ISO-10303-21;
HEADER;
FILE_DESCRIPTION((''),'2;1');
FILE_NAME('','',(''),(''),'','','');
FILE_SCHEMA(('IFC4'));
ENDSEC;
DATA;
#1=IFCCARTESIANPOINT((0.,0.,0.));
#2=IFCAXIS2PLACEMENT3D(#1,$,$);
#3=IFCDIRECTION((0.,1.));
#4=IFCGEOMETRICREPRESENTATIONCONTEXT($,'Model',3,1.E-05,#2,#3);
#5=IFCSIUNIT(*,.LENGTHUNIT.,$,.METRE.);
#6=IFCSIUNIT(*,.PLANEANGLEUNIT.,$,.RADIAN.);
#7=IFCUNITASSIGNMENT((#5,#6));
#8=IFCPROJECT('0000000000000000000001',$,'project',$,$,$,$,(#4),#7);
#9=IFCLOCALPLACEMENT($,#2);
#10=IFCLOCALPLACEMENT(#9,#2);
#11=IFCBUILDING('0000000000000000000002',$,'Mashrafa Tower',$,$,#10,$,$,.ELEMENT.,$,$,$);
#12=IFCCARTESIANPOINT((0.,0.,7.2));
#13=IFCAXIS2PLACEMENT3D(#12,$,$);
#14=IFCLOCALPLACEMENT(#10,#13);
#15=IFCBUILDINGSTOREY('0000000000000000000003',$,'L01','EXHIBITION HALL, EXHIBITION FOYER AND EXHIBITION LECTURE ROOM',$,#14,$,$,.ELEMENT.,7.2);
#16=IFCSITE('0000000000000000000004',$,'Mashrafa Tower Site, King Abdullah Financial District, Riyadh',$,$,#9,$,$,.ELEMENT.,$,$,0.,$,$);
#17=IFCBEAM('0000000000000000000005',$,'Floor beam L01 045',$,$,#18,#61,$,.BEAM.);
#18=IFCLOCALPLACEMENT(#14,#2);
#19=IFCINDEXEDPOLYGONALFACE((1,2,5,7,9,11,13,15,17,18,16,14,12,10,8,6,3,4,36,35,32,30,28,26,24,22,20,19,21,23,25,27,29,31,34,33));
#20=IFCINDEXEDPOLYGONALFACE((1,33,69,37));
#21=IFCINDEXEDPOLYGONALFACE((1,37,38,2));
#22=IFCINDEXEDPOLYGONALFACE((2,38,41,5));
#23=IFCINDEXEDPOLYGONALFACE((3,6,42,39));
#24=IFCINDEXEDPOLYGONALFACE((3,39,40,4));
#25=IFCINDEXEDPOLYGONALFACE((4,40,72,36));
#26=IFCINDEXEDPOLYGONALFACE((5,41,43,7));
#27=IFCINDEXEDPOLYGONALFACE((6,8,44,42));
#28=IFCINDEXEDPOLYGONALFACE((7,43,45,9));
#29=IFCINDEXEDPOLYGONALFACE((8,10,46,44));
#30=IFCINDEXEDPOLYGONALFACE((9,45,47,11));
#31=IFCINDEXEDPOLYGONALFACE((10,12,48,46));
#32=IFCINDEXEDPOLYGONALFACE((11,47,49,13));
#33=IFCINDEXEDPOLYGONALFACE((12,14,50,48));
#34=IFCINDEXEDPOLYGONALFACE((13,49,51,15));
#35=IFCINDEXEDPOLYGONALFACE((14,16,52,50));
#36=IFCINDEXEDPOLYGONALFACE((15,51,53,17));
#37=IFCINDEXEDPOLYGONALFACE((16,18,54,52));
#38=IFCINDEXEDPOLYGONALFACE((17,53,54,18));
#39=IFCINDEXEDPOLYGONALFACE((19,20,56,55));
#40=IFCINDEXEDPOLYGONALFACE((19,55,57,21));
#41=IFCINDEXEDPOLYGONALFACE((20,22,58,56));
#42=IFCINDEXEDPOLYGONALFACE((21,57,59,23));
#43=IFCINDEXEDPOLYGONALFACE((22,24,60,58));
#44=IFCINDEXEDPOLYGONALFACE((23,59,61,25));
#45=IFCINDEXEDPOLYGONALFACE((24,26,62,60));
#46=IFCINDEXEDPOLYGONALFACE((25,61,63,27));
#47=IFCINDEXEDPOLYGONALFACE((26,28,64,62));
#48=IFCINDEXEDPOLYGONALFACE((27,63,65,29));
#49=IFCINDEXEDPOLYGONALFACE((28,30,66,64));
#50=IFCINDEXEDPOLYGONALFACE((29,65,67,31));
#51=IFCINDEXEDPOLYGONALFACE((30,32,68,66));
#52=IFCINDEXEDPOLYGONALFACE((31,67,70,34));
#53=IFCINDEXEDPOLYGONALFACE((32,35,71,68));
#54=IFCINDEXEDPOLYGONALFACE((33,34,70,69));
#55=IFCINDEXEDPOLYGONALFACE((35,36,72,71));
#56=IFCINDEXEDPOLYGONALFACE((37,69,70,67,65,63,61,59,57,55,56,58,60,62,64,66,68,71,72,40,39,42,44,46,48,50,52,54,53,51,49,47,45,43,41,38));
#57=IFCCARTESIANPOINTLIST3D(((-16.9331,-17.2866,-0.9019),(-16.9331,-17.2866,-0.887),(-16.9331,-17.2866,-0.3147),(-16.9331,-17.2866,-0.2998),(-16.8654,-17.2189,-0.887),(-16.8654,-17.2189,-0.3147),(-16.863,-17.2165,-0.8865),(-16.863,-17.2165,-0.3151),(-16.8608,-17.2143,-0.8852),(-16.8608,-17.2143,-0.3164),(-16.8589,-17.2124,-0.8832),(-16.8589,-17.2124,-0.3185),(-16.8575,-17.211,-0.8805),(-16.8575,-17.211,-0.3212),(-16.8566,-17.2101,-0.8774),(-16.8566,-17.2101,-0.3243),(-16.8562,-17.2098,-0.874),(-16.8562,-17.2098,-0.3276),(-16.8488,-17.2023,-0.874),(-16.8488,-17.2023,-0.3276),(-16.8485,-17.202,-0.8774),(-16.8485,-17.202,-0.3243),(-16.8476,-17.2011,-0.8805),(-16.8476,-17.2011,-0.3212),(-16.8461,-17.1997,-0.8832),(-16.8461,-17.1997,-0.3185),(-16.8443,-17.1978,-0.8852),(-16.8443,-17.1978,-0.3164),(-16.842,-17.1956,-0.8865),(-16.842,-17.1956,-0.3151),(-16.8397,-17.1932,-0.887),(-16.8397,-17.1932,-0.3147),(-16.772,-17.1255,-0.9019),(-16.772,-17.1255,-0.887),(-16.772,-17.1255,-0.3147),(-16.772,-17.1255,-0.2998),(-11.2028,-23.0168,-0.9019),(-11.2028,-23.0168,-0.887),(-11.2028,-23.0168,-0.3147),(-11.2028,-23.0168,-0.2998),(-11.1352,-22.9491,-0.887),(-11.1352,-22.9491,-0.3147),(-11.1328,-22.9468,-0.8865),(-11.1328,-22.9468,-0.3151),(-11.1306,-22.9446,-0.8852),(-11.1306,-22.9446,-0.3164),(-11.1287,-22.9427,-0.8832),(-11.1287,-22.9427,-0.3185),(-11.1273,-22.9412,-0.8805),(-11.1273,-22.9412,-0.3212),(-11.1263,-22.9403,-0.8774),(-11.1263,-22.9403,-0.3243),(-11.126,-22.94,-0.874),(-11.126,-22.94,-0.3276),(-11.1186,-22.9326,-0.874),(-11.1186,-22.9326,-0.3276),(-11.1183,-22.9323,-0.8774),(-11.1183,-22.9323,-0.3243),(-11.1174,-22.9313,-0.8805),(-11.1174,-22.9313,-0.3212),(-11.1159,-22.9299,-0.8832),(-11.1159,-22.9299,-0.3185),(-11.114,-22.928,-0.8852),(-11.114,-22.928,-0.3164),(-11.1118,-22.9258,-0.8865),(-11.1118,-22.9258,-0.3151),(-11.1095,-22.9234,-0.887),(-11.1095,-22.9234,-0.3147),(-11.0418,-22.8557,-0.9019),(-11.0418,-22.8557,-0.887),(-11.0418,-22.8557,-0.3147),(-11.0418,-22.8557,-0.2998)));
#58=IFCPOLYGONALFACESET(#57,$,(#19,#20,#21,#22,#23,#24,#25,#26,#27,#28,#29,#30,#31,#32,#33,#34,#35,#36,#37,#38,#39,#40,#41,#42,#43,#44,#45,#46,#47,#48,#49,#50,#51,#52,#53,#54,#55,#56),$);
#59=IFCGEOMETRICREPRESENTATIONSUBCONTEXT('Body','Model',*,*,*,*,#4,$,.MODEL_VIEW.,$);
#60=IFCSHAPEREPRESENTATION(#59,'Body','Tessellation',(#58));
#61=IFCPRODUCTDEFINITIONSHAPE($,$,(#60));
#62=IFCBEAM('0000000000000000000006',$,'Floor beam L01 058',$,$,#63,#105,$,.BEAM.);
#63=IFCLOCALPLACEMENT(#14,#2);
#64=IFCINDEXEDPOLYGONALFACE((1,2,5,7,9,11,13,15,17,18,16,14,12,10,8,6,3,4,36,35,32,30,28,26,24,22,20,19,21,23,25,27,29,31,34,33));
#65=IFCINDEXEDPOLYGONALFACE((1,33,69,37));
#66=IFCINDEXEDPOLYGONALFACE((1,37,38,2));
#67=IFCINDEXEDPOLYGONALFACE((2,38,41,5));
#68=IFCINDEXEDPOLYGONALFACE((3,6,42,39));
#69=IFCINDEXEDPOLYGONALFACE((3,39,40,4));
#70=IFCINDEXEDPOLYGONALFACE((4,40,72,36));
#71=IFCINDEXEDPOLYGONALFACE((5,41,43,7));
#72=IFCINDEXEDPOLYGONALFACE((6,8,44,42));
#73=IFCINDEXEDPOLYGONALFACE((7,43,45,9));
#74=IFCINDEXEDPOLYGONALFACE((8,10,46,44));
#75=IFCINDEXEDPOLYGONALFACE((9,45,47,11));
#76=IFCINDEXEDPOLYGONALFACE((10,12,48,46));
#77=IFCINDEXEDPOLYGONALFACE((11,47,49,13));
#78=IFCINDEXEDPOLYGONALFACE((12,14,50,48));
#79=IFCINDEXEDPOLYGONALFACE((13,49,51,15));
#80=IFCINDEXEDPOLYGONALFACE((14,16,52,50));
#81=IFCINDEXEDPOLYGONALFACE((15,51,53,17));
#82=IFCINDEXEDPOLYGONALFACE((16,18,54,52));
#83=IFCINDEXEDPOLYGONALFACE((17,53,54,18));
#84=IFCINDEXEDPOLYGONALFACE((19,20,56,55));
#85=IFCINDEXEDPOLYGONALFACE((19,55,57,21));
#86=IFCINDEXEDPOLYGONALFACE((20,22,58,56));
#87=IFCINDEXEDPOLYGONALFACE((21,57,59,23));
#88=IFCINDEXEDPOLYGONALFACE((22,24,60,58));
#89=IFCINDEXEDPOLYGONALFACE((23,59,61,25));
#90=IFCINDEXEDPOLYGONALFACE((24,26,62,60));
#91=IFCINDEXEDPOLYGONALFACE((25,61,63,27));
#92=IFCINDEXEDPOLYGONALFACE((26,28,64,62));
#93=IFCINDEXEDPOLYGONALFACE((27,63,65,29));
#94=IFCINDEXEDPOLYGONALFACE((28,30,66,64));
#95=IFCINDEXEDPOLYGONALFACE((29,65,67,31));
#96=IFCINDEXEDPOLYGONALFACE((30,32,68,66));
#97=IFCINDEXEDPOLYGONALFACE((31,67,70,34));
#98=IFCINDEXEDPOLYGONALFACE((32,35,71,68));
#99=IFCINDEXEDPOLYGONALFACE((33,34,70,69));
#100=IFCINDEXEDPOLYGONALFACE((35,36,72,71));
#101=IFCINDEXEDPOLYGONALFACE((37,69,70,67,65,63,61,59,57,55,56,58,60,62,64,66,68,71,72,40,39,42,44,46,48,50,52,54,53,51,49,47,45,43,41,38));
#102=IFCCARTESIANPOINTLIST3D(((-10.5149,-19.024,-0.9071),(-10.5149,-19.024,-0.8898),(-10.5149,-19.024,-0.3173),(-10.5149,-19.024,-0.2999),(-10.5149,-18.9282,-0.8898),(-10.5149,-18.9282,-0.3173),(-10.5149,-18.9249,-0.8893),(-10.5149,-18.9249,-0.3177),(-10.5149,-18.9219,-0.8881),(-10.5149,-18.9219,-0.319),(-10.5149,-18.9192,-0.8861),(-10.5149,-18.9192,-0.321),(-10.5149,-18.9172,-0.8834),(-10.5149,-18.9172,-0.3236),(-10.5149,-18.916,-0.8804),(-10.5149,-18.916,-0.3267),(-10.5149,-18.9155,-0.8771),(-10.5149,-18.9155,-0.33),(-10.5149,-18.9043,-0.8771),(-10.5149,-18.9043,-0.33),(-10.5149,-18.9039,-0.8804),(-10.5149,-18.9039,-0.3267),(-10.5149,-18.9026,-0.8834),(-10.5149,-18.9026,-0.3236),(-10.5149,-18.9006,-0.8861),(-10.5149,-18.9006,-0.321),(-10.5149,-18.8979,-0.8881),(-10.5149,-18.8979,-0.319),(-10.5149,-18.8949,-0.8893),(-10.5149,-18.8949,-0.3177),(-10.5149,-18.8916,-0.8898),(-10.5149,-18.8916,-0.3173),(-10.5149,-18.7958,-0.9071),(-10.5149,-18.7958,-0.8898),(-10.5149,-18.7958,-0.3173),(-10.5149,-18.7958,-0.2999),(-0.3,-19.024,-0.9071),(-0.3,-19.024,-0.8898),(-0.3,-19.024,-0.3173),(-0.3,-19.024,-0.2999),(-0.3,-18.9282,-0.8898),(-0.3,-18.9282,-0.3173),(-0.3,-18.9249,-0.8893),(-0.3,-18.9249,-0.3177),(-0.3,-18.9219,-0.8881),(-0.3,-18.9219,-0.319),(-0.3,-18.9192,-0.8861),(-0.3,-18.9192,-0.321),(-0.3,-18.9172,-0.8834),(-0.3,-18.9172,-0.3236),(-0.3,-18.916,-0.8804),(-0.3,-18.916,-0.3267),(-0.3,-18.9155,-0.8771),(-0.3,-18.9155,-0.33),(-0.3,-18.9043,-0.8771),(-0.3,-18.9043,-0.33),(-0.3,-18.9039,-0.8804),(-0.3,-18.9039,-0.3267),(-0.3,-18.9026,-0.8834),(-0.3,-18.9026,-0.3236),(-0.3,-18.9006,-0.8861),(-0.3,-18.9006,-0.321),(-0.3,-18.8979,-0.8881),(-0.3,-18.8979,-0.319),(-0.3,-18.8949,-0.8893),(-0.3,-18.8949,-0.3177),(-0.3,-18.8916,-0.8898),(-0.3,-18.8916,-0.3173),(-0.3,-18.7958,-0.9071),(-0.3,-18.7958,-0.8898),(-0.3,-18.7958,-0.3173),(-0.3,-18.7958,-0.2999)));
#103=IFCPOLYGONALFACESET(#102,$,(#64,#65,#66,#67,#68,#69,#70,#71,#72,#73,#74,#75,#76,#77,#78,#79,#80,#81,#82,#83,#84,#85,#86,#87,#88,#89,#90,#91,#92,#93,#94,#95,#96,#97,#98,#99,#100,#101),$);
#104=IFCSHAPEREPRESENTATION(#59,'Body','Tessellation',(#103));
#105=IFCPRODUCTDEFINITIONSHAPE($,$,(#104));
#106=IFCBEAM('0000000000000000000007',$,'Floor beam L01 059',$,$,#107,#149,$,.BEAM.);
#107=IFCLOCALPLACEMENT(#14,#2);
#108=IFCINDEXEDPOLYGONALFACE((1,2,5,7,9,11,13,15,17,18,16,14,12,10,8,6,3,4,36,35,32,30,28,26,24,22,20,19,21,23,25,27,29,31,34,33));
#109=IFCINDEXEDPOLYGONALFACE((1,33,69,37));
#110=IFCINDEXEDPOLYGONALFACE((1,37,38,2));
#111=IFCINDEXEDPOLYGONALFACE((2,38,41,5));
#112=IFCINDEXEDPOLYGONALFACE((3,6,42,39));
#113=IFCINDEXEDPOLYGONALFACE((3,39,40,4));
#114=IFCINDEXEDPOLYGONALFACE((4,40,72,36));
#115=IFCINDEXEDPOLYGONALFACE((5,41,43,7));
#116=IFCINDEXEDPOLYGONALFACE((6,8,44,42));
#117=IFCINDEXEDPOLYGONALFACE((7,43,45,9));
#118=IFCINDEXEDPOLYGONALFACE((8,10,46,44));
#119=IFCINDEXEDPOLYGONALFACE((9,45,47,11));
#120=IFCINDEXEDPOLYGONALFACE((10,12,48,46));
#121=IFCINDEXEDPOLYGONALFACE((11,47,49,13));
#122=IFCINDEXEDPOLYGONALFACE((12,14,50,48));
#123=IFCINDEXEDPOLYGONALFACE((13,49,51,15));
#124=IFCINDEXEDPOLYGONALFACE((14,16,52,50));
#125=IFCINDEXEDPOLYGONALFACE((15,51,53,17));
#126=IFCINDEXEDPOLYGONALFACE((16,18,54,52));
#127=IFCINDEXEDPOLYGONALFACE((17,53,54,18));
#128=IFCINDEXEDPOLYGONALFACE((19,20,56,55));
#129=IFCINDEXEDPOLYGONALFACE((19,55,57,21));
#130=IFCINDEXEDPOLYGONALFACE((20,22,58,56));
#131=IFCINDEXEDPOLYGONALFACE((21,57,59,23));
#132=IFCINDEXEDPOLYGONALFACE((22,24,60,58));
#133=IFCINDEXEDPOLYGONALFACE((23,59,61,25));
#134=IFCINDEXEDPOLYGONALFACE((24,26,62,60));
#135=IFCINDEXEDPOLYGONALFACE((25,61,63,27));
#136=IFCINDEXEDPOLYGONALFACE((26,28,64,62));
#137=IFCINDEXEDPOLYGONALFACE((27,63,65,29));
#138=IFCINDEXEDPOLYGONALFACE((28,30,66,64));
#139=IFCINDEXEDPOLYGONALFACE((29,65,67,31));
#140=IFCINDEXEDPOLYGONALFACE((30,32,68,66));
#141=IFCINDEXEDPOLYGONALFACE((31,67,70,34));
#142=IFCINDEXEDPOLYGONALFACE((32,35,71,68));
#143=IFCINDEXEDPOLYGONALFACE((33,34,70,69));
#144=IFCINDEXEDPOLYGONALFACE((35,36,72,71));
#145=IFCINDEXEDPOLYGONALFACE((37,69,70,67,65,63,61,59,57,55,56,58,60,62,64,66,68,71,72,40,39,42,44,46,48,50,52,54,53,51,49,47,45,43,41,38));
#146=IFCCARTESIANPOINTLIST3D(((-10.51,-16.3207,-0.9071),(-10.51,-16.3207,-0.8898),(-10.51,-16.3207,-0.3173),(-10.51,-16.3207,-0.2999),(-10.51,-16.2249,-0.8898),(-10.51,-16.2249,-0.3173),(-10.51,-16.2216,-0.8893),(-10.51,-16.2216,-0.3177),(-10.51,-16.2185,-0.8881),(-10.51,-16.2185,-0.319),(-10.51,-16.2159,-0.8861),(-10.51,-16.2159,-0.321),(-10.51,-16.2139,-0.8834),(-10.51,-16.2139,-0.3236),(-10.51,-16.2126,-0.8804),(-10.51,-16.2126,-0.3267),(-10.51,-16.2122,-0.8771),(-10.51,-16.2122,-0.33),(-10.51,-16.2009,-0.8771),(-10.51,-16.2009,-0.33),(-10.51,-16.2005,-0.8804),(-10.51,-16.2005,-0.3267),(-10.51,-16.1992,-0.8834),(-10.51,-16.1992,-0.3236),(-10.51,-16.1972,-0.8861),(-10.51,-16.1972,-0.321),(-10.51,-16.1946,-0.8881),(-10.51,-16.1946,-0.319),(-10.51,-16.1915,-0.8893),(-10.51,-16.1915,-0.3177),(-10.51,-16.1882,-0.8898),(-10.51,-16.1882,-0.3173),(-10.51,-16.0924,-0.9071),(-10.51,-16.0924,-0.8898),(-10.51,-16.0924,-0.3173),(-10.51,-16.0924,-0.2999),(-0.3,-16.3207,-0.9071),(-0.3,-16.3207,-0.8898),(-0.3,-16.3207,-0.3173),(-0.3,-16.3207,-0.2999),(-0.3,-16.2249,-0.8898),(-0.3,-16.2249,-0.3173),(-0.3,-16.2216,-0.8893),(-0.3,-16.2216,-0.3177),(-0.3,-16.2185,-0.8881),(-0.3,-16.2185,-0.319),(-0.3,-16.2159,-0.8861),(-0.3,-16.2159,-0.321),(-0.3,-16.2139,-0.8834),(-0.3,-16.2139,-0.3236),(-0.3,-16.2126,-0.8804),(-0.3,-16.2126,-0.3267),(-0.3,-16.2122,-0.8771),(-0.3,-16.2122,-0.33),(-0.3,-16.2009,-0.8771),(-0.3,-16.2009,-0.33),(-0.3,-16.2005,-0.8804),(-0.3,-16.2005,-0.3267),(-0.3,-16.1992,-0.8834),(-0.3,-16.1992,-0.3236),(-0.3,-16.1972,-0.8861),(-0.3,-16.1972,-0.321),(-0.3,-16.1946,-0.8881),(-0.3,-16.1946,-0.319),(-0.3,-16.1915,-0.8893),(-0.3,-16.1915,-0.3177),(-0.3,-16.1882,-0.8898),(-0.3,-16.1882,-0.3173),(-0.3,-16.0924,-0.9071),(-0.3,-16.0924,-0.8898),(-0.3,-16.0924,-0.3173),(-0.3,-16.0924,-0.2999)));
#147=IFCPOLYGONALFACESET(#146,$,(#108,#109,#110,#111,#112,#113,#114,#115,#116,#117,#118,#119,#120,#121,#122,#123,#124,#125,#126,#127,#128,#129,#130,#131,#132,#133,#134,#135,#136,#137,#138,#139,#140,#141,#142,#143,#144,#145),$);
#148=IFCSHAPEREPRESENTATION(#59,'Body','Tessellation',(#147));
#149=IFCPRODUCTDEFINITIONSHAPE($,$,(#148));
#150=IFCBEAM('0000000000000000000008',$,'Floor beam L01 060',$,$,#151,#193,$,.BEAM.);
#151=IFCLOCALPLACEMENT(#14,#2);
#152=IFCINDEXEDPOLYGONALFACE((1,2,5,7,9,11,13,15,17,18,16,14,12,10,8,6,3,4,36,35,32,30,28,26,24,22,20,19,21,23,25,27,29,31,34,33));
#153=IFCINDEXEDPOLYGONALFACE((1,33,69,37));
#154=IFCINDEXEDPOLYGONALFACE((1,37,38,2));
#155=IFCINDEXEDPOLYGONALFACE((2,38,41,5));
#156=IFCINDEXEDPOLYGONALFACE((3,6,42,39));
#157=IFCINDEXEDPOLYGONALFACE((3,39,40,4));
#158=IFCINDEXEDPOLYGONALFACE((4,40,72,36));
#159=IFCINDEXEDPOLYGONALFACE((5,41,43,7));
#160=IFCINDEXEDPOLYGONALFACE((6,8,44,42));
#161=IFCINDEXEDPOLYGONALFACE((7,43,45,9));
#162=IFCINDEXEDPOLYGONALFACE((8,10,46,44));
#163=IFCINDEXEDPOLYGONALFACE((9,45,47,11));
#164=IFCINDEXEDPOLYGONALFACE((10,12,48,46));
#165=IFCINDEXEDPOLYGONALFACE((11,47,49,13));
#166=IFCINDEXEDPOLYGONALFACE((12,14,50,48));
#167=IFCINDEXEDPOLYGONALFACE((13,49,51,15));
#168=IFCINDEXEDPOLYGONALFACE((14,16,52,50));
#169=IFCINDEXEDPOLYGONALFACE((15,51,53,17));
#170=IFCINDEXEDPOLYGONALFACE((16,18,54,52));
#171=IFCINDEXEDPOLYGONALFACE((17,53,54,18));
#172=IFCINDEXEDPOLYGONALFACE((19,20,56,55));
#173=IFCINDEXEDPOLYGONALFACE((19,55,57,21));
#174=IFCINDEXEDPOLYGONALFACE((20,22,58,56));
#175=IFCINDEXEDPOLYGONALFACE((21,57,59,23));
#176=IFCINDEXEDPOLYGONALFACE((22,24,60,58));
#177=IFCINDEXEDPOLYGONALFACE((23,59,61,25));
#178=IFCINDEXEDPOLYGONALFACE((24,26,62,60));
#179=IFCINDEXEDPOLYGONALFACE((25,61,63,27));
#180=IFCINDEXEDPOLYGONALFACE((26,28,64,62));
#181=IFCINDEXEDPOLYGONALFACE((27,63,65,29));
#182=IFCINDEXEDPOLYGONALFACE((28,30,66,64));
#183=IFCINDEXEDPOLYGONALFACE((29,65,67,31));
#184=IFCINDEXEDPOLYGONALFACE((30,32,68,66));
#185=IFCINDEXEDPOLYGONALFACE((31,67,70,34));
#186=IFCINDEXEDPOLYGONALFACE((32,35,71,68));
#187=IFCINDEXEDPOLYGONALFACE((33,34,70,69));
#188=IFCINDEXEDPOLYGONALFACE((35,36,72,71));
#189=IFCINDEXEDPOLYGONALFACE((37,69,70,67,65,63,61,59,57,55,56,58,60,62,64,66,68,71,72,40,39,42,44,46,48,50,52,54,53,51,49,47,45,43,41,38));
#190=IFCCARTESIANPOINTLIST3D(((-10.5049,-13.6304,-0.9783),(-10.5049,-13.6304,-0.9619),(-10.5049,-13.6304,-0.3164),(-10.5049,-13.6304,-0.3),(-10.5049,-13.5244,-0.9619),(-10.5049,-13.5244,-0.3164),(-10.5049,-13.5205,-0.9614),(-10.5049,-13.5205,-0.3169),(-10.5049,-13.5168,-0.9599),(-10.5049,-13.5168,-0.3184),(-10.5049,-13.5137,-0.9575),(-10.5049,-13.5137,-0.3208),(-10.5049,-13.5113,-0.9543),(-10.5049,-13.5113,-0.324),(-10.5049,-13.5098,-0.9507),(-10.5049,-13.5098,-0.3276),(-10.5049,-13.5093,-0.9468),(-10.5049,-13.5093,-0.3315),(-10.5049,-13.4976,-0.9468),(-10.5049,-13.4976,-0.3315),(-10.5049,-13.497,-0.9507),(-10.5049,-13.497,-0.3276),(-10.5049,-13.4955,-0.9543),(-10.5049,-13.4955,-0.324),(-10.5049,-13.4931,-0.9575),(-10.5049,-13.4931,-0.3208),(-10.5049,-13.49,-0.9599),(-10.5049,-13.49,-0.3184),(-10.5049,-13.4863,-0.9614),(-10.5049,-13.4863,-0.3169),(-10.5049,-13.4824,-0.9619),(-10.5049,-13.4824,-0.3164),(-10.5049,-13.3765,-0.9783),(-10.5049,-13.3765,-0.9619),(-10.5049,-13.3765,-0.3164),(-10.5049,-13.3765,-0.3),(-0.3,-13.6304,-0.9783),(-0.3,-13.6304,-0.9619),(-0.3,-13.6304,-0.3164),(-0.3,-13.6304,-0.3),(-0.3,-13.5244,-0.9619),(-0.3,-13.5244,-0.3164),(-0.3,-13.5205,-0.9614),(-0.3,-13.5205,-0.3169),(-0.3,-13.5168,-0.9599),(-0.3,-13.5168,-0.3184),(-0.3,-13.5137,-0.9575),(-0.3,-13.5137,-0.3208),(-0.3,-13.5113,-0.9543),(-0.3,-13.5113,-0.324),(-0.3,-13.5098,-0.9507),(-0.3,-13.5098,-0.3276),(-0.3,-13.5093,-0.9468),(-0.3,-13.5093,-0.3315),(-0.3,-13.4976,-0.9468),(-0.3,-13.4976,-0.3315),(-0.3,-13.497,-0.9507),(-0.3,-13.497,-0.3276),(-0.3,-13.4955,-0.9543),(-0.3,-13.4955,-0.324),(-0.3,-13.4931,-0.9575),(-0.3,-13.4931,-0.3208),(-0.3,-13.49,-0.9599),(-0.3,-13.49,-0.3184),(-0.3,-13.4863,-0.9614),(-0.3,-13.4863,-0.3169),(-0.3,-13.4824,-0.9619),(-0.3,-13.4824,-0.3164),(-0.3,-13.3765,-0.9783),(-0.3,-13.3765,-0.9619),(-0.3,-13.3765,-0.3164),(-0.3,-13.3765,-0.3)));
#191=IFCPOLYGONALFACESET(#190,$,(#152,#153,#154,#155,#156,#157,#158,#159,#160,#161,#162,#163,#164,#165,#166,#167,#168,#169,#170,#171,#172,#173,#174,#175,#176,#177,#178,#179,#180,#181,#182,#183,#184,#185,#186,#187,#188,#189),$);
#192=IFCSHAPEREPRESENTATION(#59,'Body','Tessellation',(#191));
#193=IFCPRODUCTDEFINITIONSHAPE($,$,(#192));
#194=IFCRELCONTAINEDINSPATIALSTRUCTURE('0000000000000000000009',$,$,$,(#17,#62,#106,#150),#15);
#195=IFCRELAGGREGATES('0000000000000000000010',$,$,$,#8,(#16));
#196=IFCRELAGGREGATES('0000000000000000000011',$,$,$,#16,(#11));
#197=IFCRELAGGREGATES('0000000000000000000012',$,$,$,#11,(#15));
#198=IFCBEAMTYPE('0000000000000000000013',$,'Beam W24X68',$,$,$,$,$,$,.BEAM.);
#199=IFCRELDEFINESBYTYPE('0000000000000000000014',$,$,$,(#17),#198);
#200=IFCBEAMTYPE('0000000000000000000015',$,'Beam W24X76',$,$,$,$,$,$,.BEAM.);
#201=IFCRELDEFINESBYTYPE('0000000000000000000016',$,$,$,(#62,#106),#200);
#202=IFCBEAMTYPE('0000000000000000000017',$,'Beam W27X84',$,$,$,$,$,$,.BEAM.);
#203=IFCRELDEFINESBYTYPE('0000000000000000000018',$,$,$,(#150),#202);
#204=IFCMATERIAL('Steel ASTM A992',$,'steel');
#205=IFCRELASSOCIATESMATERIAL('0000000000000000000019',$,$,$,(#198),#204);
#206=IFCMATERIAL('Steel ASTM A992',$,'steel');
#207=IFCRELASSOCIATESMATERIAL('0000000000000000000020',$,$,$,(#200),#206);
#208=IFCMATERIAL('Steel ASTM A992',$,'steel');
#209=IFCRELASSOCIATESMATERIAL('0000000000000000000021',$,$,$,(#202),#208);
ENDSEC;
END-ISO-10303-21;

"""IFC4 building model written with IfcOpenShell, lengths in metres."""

from ifc_helpers import new_model, si_unit, direction, frame, origin, origin_2d, place, context, subcontext, project, spatial, i_section, extrude, material, material_profile, profile_set, type_object, element, save


model = new_model("IFC4")

# Units and contexts
model_context = context("Model", 3, precision=1e-05, world=origin(), true_north=direction((0.0, 1.0)))
body_context = subcontext(model_context, "Body", "Model", "MODEL_VIEW")
ifc_project = project(units=[si_unit("LENGTHUNIT", "METRE"), si_unit("PLANEANGLEUNIT", "RADIAN")], contexts=[model_context])

# Site, building, storey
site_placement = place(None, origin())
site = spatial("IfcSite", under=ifc_project, at=site_placement, Name="Mashrafa Tower Site, King Abdullah Financial District, Riyadh", CompositionType="ELEMENT", RefElevation=0.0)
building_placement = place(site_placement, origin())
building = spatial("IfcBuilding", under=site, at=building_placement, Name="Mashrafa Tower", CompositionType="ELEMENT")
storey_placement = place(building_placement, frame((0.0, 0.0, 7.2)))
storey = spatial("IfcBuildingStorey", under=building, at=storey_placement, Name="L01", Description="EXHIBITION HALL, EXHIBITION FOYER AND EXHIBITION LECTURE ROOM", CompositionType="ELEMENT", Elevation=7.2)

# Beams
ifc_material_1 = material(Name="Steel ASTM A992", Category="steel")
ifc_material_profile_1 = material_profile(ifc_material_1, i_section(OverallWidth=0.2278, OverallDepth=0.6021, WebThickness=0.0105, FlangeThickness=0.0149, FilletRadius=0.0129, at=origin_2d()), Name="W24X68")
ifc_profile_set_1 = profile_set([ifc_material_profile_1], Name="Steel ASTM A992")
beam_type_1 = type_object("IfcBeamType", Name="Beam W24X68", PredefinedType="BEAM", material=ifc_profile_set_1)
beam_1_placement = place(storey_placement, frame((-11.1223, -22.9363, -0.6008), z_axis=(-0.707107, 0.707107, 0.0), x_axis=(-0.707107, -0.707107, 0.0)))
element("IfcBeam", 1, at=beam_1_placement, inside=storey, type_object=beam_type_1, Name="Floor beam L01 045", PredefinedType="BEAM", context=body_context, shape_type="SweptSolid", body=[
    extrude(i_section(OverallWidth=0.2278, OverallDepth=0.6021, WebThickness=0.0105, FlangeThickness=0.0149, FilletRadius=0.0129, at=origin_2d()), origin(), (0.0, 0.0, 1.0), 8.1038),
])
ifc_material_2 = material(Name="Steel ASTM A992", Category="steel")
ifc_material_profile_2 = material_profile(ifc_material_2, i_section(OverallWidth=0.2283, OverallDepth=0.6072, WebThickness=0.0112, FlangeThickness=0.0173, FilletRadius=0.0127, at=origin_2d()), Name="W24X76")
ifc_profile_set_2 = profile_set([ifc_material_profile_2], Name="Steel ASTM A992")
beam_type_2 = type_object("IfcBeamType", Name="Beam W24X76", PredefinedType="BEAM", material=ifc_profile_set_2)
beam_2_placement = place(storey_placement, frame((-0.3, -18.9099, -0.6035), z_axis=(-1.0, 0.0, 0.0), x_axis=(0.0, -1.0, 0.0)))
element("IfcBeam", 2, at=beam_2_placement, inside=storey, type_object=beam_type_2, Name="Floor beam L01 058", PredefinedType="BEAM", context=body_context, shape_type="SweptSolid", body=[
    extrude(i_section(OverallWidth=0.2283, OverallDepth=0.6072, WebThickness=0.0112, FlangeThickness=0.0173, FilletRadius=0.0127, at=origin_2d()), origin(), (0.0, 0.0, 1.0), 10.2148),
])
beam_3_placement = place(storey_placement, frame((-0.3, -16.2065, -0.6035), z_axis=(-1.0, 0.0, 0.0), x_axis=(0.0, -1.0, 0.0)))
element("IfcBeam", 3, at=beam_3_placement, inside=storey, type_object=beam_type_2, Name="Floor beam L01 059", PredefinedType="BEAM", context=body_context, shape_type="SweptSolid", body=[
    extrude(i_section(OverallWidth=0.2283, OverallDepth=0.6072, WebThickness=0.0112, FlangeThickness=0.0173, FilletRadius=0.0127, at=origin_2d()), origin(), (0.0, 0.0, 1.0), 10.21),
])
ifc_material_3 = material(Name="Steel ASTM A992", Category="steel")
ifc_material_profile_3 = material_profile(ifc_material_3, i_section(OverallWidth=0.2539, OverallDepth=0.6782, WebThickness=0.0117, FlangeThickness=0.0164, FilletRadius=0.0151, at=origin_2d()), Name="W27X84")
ifc_profile_set_3 = profile_set([ifc_material_profile_3], Name="Steel ASTM A992")
beam_type_3 = type_object("IfcBeamType", Name="Beam W27X84", PredefinedType="BEAM", material=ifc_profile_set_3)
beam_4_placement = place(storey_placement, frame((-0.3, -13.5034, -0.6392), z_axis=(-1.0, 0.0, 0.0), x_axis=(0.0, -1.0, 0.0)))
element("IfcBeam", 4, at=beam_4_placement, inside=storey, type_object=beam_type_3, Name="Floor beam L01 060", PredefinedType="BEAM", context=body_context, shape_type="SweptSolid", body=[
    extrude(i_section(OverallWidth=0.2539, OverallDepth=0.6782, WebThickness=0.0117, FlangeThickness=0.0164, FilletRadius=0.0151, at=origin_2d()), origin(), (0.0, 0.0, 1.0), 10.2048),
])

save(model, "model.ifc")
